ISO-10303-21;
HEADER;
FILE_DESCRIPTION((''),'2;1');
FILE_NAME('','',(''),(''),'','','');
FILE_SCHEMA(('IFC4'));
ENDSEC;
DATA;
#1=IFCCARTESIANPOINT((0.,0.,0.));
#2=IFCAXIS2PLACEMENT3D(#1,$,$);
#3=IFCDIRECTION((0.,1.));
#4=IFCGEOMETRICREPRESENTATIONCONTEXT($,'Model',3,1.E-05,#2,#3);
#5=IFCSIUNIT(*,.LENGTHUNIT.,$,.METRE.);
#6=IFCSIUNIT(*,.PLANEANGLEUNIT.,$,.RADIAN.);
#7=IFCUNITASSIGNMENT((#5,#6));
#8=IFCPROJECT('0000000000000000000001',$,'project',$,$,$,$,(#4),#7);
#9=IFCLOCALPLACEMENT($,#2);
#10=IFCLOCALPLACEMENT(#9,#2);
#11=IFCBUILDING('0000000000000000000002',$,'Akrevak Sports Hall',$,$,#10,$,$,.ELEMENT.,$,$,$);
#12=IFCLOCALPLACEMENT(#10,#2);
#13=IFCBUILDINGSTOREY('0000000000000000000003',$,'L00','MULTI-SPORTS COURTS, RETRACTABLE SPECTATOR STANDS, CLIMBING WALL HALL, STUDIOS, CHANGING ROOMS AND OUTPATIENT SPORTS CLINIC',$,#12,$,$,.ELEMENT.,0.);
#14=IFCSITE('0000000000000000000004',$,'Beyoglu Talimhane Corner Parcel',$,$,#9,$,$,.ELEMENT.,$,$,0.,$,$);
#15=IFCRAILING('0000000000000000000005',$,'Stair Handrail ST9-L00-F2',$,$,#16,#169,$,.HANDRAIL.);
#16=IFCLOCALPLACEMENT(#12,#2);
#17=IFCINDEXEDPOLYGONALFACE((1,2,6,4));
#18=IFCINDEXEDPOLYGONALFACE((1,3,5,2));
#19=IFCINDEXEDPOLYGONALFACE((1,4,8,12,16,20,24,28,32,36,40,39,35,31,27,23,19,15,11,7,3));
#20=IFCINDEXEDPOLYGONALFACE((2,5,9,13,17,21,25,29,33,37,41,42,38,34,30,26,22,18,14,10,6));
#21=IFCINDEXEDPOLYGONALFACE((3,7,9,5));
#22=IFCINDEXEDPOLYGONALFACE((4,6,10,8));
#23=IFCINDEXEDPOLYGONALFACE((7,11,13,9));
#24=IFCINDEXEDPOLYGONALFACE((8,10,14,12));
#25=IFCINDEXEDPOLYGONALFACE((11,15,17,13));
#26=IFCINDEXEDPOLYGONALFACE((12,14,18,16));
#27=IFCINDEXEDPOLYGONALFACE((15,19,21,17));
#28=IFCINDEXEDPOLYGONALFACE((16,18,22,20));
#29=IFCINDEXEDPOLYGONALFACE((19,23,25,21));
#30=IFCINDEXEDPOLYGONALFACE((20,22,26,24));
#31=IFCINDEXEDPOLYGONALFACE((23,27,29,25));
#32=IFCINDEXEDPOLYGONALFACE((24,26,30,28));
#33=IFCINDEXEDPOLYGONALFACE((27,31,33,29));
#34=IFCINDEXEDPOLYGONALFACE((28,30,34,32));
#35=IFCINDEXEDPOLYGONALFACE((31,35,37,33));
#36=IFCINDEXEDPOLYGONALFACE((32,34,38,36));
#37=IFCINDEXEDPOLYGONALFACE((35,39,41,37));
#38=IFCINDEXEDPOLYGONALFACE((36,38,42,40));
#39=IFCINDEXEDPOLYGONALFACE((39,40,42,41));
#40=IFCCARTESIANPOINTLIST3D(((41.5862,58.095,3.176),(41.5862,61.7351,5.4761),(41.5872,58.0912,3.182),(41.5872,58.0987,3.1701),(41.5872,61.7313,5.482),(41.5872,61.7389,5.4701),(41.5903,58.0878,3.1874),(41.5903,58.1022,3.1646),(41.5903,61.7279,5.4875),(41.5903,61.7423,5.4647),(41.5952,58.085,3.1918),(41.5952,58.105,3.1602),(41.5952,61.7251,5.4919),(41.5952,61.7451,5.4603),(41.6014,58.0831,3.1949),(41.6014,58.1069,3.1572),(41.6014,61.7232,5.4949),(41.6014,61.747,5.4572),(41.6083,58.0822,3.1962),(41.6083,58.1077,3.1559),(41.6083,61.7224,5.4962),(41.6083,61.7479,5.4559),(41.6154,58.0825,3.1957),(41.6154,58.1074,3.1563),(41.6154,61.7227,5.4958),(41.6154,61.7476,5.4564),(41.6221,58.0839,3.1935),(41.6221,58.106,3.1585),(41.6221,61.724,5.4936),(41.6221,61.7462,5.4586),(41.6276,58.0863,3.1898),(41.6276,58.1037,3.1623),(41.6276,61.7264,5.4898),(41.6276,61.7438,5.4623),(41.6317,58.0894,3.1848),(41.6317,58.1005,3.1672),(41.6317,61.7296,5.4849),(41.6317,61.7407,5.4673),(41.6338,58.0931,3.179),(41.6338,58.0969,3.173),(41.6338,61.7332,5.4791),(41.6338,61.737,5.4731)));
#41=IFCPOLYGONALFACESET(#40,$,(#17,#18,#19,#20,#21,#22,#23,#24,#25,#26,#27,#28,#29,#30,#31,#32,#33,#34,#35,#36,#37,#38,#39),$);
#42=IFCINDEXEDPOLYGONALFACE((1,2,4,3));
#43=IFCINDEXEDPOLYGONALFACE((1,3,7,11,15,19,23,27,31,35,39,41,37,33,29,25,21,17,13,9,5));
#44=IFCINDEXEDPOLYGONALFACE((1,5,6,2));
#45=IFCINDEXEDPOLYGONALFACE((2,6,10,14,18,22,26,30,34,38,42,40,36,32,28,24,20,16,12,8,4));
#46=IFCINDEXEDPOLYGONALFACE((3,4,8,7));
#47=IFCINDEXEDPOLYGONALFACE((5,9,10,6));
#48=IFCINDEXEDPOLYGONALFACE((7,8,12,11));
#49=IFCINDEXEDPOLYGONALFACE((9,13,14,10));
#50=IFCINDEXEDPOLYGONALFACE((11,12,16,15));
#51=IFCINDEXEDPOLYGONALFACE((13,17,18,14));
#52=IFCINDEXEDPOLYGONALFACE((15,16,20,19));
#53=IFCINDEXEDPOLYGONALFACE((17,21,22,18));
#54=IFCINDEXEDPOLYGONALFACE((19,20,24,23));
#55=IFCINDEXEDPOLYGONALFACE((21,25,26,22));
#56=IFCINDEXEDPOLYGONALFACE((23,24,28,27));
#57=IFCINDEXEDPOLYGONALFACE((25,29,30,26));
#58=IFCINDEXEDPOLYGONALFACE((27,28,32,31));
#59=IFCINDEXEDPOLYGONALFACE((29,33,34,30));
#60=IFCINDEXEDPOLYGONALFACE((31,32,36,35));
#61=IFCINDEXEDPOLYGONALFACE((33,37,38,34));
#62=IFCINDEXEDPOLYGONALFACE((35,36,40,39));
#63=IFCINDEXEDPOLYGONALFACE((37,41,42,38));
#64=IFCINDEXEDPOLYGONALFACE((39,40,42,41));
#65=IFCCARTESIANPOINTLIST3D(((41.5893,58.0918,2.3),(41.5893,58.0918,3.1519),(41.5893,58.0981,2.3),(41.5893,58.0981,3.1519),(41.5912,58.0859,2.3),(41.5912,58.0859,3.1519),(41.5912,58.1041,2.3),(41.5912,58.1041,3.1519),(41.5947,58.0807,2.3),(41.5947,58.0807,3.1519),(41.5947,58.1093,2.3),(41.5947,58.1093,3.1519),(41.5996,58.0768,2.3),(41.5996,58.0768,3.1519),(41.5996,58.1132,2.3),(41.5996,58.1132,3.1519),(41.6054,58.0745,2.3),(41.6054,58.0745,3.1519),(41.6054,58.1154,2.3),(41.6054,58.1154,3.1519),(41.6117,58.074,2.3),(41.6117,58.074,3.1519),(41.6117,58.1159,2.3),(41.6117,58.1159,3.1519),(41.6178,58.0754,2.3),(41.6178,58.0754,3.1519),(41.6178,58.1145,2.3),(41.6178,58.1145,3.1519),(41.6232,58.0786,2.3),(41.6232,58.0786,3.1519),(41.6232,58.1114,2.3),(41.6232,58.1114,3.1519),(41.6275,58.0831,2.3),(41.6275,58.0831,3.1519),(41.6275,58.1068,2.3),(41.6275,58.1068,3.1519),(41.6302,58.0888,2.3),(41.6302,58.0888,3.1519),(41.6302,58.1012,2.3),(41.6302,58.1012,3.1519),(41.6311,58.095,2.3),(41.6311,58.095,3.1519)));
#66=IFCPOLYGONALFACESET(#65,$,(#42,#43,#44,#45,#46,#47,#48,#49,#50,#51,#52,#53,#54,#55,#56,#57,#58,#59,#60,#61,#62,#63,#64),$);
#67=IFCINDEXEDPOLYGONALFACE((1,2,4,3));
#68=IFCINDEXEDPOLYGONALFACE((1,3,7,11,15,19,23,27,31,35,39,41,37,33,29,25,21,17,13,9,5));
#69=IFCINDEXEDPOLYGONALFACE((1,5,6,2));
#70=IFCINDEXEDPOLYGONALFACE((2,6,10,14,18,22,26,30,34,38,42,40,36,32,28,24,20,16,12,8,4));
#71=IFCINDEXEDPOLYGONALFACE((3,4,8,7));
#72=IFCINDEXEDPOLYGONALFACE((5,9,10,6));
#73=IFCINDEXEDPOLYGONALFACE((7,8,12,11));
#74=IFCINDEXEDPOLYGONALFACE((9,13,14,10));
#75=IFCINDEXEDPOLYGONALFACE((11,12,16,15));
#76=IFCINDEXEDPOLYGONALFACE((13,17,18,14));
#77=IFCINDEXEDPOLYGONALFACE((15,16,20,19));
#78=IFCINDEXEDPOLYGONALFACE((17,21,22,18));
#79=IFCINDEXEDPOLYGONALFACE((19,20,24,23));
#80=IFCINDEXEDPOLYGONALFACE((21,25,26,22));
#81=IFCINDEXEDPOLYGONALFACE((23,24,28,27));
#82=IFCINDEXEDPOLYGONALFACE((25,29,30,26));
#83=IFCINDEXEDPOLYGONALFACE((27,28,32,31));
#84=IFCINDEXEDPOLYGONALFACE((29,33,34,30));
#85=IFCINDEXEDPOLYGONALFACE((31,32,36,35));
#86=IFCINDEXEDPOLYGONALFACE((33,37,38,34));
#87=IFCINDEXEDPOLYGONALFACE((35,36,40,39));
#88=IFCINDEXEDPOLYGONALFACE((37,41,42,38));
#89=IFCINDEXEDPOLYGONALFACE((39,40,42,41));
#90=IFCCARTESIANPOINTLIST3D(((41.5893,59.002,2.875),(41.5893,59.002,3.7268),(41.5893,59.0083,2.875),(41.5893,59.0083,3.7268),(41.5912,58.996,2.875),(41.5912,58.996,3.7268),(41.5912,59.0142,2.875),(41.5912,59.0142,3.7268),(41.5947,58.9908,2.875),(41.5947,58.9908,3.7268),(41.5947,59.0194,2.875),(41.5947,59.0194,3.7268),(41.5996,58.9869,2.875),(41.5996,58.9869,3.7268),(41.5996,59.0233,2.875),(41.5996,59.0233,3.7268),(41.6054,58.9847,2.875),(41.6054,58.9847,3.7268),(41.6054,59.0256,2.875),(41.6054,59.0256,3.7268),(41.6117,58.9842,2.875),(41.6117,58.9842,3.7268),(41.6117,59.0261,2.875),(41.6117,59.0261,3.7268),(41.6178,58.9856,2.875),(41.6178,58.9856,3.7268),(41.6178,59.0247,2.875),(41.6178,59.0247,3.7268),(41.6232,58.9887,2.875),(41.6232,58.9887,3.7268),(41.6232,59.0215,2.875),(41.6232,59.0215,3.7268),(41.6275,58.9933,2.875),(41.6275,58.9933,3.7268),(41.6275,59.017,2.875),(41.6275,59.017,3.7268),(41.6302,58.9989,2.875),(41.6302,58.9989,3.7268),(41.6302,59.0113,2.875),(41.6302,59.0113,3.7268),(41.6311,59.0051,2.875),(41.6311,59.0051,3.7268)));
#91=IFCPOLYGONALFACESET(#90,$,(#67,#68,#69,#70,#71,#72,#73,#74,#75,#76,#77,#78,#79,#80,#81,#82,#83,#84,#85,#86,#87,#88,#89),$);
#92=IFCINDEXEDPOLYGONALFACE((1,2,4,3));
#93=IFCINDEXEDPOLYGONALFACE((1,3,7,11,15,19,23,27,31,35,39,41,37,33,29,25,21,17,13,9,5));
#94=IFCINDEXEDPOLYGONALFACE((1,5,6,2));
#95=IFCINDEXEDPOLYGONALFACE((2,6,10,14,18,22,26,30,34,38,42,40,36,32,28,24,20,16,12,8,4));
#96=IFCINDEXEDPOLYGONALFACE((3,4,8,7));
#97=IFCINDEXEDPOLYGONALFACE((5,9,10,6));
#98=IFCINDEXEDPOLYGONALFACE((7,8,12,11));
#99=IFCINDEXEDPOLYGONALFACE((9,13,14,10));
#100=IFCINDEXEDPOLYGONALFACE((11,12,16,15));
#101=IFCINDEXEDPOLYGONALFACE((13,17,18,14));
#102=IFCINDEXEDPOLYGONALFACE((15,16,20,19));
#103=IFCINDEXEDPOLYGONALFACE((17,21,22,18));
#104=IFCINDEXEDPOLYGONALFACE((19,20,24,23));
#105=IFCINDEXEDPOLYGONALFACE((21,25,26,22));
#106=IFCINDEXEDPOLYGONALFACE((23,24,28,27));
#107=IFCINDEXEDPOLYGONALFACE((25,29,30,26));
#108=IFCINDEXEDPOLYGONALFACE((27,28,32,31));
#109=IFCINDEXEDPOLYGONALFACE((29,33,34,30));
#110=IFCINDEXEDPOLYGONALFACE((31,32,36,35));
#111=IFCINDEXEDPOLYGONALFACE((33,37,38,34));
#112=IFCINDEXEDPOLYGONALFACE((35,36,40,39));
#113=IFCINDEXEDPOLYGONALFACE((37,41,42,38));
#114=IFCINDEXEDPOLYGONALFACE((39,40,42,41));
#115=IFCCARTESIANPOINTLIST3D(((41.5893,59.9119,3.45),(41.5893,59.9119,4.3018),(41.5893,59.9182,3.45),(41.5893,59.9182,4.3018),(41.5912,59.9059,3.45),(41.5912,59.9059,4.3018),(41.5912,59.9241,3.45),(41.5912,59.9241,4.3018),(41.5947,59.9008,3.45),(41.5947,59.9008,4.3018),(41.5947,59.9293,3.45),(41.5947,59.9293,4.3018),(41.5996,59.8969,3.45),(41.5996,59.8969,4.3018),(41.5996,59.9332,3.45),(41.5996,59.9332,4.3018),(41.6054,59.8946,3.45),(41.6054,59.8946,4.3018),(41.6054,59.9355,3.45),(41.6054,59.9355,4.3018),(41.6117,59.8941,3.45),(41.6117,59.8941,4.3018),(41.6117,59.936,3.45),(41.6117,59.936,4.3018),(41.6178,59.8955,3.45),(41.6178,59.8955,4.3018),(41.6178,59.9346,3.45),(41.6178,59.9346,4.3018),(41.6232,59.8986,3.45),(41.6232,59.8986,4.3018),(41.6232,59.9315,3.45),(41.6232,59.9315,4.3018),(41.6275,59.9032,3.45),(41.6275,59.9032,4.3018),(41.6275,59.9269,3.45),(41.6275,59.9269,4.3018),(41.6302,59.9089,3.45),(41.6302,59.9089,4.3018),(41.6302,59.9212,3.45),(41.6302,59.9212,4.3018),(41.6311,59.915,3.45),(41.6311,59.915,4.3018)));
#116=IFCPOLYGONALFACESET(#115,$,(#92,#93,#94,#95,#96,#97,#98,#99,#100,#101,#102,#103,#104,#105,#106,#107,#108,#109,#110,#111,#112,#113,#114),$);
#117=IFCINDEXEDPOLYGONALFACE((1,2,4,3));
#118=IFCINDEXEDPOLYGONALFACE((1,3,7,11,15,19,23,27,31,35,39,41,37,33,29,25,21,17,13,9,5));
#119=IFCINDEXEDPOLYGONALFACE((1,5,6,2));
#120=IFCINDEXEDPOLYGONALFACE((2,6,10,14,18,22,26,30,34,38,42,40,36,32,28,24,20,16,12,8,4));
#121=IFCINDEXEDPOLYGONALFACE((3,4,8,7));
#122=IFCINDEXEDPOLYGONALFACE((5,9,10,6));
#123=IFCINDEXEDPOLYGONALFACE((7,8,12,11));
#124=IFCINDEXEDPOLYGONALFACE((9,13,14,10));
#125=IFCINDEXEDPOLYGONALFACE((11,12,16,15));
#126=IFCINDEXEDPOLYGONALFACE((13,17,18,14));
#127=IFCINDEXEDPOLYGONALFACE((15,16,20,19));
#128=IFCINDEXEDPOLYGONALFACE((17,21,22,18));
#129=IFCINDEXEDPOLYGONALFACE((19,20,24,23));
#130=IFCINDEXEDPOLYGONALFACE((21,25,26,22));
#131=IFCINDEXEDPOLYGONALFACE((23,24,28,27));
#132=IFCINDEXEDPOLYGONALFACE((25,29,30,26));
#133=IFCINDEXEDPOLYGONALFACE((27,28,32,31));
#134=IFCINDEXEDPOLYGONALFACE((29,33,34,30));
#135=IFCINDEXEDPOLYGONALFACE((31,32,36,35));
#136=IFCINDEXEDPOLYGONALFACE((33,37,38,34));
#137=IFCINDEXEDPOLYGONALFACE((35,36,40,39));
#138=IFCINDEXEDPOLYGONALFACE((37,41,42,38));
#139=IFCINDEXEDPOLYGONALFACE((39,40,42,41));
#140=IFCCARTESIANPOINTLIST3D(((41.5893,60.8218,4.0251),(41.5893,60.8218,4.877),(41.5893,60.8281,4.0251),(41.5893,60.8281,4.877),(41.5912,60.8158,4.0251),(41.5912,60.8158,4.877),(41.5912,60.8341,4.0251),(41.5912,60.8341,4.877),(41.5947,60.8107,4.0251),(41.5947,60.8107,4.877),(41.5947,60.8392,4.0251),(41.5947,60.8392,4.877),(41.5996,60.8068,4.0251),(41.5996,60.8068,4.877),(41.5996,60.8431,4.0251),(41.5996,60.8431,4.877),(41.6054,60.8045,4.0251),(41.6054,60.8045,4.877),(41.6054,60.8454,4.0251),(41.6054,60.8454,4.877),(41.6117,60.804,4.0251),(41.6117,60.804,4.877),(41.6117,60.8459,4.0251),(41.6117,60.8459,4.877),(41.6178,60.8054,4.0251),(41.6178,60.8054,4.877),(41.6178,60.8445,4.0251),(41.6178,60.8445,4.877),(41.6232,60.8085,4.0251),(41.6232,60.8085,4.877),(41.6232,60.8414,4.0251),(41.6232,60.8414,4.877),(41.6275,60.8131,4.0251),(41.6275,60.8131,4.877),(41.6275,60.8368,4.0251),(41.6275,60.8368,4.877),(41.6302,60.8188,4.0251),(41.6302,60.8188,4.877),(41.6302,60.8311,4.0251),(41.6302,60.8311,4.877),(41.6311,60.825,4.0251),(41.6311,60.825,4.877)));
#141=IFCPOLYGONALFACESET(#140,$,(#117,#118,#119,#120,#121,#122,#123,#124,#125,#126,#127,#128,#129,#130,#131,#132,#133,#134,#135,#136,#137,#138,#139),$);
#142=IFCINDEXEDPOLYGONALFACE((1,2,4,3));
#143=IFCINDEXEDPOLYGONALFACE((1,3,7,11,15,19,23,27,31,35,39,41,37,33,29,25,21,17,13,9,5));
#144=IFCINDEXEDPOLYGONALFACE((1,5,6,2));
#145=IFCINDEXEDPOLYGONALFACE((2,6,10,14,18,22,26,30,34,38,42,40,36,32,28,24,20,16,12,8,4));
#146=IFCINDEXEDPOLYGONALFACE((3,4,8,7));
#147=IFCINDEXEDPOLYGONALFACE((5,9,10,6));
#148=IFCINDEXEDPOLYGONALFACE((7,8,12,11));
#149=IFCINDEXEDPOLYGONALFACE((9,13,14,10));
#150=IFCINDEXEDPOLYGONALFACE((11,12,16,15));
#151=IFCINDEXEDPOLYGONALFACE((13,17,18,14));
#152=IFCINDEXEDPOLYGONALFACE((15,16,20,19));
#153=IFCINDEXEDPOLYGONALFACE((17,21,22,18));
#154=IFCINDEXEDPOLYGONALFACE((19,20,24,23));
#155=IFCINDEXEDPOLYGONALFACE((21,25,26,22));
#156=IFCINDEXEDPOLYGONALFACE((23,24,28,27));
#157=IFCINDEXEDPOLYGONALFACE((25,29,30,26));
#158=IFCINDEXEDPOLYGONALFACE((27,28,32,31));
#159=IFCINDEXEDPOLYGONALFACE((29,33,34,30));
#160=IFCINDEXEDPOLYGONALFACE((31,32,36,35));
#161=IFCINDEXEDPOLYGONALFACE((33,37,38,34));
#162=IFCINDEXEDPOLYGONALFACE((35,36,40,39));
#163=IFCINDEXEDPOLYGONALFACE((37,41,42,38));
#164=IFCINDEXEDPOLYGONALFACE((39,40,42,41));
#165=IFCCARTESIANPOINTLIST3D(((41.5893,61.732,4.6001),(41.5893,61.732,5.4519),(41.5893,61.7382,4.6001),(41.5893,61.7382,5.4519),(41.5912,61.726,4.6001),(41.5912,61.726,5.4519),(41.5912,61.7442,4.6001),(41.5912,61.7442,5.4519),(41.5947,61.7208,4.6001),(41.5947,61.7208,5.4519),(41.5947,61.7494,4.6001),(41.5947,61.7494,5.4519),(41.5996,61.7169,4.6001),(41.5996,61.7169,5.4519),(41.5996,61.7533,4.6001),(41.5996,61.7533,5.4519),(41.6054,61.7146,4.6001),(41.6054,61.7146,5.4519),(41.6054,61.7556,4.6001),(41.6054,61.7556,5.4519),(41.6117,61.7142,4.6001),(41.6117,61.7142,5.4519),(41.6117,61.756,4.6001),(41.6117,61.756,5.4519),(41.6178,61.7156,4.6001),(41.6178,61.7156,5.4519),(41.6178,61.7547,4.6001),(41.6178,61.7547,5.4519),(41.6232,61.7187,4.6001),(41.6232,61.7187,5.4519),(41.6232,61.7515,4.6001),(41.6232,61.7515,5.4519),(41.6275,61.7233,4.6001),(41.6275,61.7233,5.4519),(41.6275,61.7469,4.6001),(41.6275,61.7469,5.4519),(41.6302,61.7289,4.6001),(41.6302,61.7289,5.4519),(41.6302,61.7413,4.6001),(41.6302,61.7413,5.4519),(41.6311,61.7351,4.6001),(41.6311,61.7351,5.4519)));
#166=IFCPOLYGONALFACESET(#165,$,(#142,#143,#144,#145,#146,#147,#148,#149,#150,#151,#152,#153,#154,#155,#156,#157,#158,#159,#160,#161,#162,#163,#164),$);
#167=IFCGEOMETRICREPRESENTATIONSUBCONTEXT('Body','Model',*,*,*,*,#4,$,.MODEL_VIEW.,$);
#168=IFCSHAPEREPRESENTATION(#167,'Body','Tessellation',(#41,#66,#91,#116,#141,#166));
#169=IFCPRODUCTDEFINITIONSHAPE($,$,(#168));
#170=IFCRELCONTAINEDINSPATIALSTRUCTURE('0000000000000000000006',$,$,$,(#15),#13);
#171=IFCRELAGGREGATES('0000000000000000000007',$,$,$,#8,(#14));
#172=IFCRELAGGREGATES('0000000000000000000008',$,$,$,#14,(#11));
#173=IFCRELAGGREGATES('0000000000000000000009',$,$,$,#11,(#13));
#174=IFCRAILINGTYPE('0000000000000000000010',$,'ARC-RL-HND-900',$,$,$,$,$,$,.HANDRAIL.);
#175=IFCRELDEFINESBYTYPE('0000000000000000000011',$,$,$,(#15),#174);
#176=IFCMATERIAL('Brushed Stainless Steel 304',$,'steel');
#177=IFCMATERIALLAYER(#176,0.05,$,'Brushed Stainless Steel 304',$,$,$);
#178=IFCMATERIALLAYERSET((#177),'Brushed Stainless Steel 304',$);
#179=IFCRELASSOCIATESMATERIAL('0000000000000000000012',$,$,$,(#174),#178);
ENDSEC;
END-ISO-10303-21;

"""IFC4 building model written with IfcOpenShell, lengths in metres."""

from ifc_helpers import new_model, si_unit, direction, frame, origin, origin_2d, place, context, subcontext, project, spatial, circle, extrude, material, layer, layer_set, type_object, element, save


model = new_model("IFC4")

# Units and contexts
model_context = context("Model", 3, precision=1e-05, world=origin(), true_north=direction((0.0, 1.0)))
body_context = subcontext(model_context, "Body", "Model", "MODEL_VIEW")
ifc_project = project(units=[si_unit("LENGTHUNIT", "METRE"), si_unit("PLANEANGLEUNIT", "RADIAN")], contexts=[model_context])

# Site, building, storey
site_placement = place(None, origin())
site = spatial("IfcSite", under=ifc_project, at=site_placement, Name="Beyoglu Talimhane Corner Parcel", CompositionType="ELEMENT", RefElevation=0.0)
building_placement = place(site_placement, origin())
building = spatial("IfcBuilding", under=site, at=building_placement, Name="Akrevak Sports Hall", CompositionType="ELEMENT")
storey_placement = place(building_placement, origin())
storey = spatial("IfcBuildingStorey", under=building, at=storey_placement, Name="L00", Description="MULTI-SPORTS COURTS, RETRACTABLE SPECTATOR STANDS, CLIMBING WALL HALL, STUDIOS, CHANGING ROOMS AND OUTPATIENT SPORTS CLINIC", CompositionType="ELEMENT", Elevation=0.0)

# Railing
ifc_material_1 = material(Name="Brushed Stainless Steel 304", Category="steel")
ifc_layer_1 = layer(ifc_material_1, 0.05, Name="Brushed Stainless Steel 304")
ifc_layer_set_1 = layer_set([ifc_layer_1], Name="Brushed Stainless Steel 304")
railing_type_1 = type_object("IfcRailingType", Name="ARC-RL-HND-900", PredefinedType="HANDRAIL", material=ifc_layer_set_1)
railing_1_placement = place(storey_placement, frame((41.6101, 58.095, 2.3)))
element("IfcRailing", 1, at=railing_1_placement, inside=storey, type_object=railing_type_1, Name="Stair Handrail ST9-L00-F2", PredefinedType="HANDRAIL", context=body_context, shape_type="SweptSolid", body=[
    extrude(circle(Radius=0.0239, at=origin_2d()), frame((0.0, 0.0, 0.876), z_axis=(0.0, 0.845382, 0.534162), x_axis=(-1.0, 0.0, 0.0)), (0.0, 0.0, 1.0), 4.3059),
    extrude(circle(Radius=0.021, at=origin_2d()), origin(), (0.0, 0.0, 1.0), 0.8518),
    extrude(circle(Radius=0.021, at=origin_2d()), frame((0.0, 0.9102, 0.575)), (0.0, 0.0, 1.0), 0.8518),
    extrude(circle(Radius=0.021, at=origin_2d()), frame((0.0, 1.8201, 1.1499)), (0.0, 0.0, 1.0), 0.8518),
    extrude(circle(Radius=0.021, at=origin_2d()), frame((0.0, 2.73, 1.7251)), (0.0, 0.0, 1.0), 0.8518),
    extrude(circle(Radius=0.021, at=origin_2d()), frame((0.0, 3.6401, 2.3)), (0.0, 0.0, 1.0), 0.8518),
])

save(model, "model.ifc")
